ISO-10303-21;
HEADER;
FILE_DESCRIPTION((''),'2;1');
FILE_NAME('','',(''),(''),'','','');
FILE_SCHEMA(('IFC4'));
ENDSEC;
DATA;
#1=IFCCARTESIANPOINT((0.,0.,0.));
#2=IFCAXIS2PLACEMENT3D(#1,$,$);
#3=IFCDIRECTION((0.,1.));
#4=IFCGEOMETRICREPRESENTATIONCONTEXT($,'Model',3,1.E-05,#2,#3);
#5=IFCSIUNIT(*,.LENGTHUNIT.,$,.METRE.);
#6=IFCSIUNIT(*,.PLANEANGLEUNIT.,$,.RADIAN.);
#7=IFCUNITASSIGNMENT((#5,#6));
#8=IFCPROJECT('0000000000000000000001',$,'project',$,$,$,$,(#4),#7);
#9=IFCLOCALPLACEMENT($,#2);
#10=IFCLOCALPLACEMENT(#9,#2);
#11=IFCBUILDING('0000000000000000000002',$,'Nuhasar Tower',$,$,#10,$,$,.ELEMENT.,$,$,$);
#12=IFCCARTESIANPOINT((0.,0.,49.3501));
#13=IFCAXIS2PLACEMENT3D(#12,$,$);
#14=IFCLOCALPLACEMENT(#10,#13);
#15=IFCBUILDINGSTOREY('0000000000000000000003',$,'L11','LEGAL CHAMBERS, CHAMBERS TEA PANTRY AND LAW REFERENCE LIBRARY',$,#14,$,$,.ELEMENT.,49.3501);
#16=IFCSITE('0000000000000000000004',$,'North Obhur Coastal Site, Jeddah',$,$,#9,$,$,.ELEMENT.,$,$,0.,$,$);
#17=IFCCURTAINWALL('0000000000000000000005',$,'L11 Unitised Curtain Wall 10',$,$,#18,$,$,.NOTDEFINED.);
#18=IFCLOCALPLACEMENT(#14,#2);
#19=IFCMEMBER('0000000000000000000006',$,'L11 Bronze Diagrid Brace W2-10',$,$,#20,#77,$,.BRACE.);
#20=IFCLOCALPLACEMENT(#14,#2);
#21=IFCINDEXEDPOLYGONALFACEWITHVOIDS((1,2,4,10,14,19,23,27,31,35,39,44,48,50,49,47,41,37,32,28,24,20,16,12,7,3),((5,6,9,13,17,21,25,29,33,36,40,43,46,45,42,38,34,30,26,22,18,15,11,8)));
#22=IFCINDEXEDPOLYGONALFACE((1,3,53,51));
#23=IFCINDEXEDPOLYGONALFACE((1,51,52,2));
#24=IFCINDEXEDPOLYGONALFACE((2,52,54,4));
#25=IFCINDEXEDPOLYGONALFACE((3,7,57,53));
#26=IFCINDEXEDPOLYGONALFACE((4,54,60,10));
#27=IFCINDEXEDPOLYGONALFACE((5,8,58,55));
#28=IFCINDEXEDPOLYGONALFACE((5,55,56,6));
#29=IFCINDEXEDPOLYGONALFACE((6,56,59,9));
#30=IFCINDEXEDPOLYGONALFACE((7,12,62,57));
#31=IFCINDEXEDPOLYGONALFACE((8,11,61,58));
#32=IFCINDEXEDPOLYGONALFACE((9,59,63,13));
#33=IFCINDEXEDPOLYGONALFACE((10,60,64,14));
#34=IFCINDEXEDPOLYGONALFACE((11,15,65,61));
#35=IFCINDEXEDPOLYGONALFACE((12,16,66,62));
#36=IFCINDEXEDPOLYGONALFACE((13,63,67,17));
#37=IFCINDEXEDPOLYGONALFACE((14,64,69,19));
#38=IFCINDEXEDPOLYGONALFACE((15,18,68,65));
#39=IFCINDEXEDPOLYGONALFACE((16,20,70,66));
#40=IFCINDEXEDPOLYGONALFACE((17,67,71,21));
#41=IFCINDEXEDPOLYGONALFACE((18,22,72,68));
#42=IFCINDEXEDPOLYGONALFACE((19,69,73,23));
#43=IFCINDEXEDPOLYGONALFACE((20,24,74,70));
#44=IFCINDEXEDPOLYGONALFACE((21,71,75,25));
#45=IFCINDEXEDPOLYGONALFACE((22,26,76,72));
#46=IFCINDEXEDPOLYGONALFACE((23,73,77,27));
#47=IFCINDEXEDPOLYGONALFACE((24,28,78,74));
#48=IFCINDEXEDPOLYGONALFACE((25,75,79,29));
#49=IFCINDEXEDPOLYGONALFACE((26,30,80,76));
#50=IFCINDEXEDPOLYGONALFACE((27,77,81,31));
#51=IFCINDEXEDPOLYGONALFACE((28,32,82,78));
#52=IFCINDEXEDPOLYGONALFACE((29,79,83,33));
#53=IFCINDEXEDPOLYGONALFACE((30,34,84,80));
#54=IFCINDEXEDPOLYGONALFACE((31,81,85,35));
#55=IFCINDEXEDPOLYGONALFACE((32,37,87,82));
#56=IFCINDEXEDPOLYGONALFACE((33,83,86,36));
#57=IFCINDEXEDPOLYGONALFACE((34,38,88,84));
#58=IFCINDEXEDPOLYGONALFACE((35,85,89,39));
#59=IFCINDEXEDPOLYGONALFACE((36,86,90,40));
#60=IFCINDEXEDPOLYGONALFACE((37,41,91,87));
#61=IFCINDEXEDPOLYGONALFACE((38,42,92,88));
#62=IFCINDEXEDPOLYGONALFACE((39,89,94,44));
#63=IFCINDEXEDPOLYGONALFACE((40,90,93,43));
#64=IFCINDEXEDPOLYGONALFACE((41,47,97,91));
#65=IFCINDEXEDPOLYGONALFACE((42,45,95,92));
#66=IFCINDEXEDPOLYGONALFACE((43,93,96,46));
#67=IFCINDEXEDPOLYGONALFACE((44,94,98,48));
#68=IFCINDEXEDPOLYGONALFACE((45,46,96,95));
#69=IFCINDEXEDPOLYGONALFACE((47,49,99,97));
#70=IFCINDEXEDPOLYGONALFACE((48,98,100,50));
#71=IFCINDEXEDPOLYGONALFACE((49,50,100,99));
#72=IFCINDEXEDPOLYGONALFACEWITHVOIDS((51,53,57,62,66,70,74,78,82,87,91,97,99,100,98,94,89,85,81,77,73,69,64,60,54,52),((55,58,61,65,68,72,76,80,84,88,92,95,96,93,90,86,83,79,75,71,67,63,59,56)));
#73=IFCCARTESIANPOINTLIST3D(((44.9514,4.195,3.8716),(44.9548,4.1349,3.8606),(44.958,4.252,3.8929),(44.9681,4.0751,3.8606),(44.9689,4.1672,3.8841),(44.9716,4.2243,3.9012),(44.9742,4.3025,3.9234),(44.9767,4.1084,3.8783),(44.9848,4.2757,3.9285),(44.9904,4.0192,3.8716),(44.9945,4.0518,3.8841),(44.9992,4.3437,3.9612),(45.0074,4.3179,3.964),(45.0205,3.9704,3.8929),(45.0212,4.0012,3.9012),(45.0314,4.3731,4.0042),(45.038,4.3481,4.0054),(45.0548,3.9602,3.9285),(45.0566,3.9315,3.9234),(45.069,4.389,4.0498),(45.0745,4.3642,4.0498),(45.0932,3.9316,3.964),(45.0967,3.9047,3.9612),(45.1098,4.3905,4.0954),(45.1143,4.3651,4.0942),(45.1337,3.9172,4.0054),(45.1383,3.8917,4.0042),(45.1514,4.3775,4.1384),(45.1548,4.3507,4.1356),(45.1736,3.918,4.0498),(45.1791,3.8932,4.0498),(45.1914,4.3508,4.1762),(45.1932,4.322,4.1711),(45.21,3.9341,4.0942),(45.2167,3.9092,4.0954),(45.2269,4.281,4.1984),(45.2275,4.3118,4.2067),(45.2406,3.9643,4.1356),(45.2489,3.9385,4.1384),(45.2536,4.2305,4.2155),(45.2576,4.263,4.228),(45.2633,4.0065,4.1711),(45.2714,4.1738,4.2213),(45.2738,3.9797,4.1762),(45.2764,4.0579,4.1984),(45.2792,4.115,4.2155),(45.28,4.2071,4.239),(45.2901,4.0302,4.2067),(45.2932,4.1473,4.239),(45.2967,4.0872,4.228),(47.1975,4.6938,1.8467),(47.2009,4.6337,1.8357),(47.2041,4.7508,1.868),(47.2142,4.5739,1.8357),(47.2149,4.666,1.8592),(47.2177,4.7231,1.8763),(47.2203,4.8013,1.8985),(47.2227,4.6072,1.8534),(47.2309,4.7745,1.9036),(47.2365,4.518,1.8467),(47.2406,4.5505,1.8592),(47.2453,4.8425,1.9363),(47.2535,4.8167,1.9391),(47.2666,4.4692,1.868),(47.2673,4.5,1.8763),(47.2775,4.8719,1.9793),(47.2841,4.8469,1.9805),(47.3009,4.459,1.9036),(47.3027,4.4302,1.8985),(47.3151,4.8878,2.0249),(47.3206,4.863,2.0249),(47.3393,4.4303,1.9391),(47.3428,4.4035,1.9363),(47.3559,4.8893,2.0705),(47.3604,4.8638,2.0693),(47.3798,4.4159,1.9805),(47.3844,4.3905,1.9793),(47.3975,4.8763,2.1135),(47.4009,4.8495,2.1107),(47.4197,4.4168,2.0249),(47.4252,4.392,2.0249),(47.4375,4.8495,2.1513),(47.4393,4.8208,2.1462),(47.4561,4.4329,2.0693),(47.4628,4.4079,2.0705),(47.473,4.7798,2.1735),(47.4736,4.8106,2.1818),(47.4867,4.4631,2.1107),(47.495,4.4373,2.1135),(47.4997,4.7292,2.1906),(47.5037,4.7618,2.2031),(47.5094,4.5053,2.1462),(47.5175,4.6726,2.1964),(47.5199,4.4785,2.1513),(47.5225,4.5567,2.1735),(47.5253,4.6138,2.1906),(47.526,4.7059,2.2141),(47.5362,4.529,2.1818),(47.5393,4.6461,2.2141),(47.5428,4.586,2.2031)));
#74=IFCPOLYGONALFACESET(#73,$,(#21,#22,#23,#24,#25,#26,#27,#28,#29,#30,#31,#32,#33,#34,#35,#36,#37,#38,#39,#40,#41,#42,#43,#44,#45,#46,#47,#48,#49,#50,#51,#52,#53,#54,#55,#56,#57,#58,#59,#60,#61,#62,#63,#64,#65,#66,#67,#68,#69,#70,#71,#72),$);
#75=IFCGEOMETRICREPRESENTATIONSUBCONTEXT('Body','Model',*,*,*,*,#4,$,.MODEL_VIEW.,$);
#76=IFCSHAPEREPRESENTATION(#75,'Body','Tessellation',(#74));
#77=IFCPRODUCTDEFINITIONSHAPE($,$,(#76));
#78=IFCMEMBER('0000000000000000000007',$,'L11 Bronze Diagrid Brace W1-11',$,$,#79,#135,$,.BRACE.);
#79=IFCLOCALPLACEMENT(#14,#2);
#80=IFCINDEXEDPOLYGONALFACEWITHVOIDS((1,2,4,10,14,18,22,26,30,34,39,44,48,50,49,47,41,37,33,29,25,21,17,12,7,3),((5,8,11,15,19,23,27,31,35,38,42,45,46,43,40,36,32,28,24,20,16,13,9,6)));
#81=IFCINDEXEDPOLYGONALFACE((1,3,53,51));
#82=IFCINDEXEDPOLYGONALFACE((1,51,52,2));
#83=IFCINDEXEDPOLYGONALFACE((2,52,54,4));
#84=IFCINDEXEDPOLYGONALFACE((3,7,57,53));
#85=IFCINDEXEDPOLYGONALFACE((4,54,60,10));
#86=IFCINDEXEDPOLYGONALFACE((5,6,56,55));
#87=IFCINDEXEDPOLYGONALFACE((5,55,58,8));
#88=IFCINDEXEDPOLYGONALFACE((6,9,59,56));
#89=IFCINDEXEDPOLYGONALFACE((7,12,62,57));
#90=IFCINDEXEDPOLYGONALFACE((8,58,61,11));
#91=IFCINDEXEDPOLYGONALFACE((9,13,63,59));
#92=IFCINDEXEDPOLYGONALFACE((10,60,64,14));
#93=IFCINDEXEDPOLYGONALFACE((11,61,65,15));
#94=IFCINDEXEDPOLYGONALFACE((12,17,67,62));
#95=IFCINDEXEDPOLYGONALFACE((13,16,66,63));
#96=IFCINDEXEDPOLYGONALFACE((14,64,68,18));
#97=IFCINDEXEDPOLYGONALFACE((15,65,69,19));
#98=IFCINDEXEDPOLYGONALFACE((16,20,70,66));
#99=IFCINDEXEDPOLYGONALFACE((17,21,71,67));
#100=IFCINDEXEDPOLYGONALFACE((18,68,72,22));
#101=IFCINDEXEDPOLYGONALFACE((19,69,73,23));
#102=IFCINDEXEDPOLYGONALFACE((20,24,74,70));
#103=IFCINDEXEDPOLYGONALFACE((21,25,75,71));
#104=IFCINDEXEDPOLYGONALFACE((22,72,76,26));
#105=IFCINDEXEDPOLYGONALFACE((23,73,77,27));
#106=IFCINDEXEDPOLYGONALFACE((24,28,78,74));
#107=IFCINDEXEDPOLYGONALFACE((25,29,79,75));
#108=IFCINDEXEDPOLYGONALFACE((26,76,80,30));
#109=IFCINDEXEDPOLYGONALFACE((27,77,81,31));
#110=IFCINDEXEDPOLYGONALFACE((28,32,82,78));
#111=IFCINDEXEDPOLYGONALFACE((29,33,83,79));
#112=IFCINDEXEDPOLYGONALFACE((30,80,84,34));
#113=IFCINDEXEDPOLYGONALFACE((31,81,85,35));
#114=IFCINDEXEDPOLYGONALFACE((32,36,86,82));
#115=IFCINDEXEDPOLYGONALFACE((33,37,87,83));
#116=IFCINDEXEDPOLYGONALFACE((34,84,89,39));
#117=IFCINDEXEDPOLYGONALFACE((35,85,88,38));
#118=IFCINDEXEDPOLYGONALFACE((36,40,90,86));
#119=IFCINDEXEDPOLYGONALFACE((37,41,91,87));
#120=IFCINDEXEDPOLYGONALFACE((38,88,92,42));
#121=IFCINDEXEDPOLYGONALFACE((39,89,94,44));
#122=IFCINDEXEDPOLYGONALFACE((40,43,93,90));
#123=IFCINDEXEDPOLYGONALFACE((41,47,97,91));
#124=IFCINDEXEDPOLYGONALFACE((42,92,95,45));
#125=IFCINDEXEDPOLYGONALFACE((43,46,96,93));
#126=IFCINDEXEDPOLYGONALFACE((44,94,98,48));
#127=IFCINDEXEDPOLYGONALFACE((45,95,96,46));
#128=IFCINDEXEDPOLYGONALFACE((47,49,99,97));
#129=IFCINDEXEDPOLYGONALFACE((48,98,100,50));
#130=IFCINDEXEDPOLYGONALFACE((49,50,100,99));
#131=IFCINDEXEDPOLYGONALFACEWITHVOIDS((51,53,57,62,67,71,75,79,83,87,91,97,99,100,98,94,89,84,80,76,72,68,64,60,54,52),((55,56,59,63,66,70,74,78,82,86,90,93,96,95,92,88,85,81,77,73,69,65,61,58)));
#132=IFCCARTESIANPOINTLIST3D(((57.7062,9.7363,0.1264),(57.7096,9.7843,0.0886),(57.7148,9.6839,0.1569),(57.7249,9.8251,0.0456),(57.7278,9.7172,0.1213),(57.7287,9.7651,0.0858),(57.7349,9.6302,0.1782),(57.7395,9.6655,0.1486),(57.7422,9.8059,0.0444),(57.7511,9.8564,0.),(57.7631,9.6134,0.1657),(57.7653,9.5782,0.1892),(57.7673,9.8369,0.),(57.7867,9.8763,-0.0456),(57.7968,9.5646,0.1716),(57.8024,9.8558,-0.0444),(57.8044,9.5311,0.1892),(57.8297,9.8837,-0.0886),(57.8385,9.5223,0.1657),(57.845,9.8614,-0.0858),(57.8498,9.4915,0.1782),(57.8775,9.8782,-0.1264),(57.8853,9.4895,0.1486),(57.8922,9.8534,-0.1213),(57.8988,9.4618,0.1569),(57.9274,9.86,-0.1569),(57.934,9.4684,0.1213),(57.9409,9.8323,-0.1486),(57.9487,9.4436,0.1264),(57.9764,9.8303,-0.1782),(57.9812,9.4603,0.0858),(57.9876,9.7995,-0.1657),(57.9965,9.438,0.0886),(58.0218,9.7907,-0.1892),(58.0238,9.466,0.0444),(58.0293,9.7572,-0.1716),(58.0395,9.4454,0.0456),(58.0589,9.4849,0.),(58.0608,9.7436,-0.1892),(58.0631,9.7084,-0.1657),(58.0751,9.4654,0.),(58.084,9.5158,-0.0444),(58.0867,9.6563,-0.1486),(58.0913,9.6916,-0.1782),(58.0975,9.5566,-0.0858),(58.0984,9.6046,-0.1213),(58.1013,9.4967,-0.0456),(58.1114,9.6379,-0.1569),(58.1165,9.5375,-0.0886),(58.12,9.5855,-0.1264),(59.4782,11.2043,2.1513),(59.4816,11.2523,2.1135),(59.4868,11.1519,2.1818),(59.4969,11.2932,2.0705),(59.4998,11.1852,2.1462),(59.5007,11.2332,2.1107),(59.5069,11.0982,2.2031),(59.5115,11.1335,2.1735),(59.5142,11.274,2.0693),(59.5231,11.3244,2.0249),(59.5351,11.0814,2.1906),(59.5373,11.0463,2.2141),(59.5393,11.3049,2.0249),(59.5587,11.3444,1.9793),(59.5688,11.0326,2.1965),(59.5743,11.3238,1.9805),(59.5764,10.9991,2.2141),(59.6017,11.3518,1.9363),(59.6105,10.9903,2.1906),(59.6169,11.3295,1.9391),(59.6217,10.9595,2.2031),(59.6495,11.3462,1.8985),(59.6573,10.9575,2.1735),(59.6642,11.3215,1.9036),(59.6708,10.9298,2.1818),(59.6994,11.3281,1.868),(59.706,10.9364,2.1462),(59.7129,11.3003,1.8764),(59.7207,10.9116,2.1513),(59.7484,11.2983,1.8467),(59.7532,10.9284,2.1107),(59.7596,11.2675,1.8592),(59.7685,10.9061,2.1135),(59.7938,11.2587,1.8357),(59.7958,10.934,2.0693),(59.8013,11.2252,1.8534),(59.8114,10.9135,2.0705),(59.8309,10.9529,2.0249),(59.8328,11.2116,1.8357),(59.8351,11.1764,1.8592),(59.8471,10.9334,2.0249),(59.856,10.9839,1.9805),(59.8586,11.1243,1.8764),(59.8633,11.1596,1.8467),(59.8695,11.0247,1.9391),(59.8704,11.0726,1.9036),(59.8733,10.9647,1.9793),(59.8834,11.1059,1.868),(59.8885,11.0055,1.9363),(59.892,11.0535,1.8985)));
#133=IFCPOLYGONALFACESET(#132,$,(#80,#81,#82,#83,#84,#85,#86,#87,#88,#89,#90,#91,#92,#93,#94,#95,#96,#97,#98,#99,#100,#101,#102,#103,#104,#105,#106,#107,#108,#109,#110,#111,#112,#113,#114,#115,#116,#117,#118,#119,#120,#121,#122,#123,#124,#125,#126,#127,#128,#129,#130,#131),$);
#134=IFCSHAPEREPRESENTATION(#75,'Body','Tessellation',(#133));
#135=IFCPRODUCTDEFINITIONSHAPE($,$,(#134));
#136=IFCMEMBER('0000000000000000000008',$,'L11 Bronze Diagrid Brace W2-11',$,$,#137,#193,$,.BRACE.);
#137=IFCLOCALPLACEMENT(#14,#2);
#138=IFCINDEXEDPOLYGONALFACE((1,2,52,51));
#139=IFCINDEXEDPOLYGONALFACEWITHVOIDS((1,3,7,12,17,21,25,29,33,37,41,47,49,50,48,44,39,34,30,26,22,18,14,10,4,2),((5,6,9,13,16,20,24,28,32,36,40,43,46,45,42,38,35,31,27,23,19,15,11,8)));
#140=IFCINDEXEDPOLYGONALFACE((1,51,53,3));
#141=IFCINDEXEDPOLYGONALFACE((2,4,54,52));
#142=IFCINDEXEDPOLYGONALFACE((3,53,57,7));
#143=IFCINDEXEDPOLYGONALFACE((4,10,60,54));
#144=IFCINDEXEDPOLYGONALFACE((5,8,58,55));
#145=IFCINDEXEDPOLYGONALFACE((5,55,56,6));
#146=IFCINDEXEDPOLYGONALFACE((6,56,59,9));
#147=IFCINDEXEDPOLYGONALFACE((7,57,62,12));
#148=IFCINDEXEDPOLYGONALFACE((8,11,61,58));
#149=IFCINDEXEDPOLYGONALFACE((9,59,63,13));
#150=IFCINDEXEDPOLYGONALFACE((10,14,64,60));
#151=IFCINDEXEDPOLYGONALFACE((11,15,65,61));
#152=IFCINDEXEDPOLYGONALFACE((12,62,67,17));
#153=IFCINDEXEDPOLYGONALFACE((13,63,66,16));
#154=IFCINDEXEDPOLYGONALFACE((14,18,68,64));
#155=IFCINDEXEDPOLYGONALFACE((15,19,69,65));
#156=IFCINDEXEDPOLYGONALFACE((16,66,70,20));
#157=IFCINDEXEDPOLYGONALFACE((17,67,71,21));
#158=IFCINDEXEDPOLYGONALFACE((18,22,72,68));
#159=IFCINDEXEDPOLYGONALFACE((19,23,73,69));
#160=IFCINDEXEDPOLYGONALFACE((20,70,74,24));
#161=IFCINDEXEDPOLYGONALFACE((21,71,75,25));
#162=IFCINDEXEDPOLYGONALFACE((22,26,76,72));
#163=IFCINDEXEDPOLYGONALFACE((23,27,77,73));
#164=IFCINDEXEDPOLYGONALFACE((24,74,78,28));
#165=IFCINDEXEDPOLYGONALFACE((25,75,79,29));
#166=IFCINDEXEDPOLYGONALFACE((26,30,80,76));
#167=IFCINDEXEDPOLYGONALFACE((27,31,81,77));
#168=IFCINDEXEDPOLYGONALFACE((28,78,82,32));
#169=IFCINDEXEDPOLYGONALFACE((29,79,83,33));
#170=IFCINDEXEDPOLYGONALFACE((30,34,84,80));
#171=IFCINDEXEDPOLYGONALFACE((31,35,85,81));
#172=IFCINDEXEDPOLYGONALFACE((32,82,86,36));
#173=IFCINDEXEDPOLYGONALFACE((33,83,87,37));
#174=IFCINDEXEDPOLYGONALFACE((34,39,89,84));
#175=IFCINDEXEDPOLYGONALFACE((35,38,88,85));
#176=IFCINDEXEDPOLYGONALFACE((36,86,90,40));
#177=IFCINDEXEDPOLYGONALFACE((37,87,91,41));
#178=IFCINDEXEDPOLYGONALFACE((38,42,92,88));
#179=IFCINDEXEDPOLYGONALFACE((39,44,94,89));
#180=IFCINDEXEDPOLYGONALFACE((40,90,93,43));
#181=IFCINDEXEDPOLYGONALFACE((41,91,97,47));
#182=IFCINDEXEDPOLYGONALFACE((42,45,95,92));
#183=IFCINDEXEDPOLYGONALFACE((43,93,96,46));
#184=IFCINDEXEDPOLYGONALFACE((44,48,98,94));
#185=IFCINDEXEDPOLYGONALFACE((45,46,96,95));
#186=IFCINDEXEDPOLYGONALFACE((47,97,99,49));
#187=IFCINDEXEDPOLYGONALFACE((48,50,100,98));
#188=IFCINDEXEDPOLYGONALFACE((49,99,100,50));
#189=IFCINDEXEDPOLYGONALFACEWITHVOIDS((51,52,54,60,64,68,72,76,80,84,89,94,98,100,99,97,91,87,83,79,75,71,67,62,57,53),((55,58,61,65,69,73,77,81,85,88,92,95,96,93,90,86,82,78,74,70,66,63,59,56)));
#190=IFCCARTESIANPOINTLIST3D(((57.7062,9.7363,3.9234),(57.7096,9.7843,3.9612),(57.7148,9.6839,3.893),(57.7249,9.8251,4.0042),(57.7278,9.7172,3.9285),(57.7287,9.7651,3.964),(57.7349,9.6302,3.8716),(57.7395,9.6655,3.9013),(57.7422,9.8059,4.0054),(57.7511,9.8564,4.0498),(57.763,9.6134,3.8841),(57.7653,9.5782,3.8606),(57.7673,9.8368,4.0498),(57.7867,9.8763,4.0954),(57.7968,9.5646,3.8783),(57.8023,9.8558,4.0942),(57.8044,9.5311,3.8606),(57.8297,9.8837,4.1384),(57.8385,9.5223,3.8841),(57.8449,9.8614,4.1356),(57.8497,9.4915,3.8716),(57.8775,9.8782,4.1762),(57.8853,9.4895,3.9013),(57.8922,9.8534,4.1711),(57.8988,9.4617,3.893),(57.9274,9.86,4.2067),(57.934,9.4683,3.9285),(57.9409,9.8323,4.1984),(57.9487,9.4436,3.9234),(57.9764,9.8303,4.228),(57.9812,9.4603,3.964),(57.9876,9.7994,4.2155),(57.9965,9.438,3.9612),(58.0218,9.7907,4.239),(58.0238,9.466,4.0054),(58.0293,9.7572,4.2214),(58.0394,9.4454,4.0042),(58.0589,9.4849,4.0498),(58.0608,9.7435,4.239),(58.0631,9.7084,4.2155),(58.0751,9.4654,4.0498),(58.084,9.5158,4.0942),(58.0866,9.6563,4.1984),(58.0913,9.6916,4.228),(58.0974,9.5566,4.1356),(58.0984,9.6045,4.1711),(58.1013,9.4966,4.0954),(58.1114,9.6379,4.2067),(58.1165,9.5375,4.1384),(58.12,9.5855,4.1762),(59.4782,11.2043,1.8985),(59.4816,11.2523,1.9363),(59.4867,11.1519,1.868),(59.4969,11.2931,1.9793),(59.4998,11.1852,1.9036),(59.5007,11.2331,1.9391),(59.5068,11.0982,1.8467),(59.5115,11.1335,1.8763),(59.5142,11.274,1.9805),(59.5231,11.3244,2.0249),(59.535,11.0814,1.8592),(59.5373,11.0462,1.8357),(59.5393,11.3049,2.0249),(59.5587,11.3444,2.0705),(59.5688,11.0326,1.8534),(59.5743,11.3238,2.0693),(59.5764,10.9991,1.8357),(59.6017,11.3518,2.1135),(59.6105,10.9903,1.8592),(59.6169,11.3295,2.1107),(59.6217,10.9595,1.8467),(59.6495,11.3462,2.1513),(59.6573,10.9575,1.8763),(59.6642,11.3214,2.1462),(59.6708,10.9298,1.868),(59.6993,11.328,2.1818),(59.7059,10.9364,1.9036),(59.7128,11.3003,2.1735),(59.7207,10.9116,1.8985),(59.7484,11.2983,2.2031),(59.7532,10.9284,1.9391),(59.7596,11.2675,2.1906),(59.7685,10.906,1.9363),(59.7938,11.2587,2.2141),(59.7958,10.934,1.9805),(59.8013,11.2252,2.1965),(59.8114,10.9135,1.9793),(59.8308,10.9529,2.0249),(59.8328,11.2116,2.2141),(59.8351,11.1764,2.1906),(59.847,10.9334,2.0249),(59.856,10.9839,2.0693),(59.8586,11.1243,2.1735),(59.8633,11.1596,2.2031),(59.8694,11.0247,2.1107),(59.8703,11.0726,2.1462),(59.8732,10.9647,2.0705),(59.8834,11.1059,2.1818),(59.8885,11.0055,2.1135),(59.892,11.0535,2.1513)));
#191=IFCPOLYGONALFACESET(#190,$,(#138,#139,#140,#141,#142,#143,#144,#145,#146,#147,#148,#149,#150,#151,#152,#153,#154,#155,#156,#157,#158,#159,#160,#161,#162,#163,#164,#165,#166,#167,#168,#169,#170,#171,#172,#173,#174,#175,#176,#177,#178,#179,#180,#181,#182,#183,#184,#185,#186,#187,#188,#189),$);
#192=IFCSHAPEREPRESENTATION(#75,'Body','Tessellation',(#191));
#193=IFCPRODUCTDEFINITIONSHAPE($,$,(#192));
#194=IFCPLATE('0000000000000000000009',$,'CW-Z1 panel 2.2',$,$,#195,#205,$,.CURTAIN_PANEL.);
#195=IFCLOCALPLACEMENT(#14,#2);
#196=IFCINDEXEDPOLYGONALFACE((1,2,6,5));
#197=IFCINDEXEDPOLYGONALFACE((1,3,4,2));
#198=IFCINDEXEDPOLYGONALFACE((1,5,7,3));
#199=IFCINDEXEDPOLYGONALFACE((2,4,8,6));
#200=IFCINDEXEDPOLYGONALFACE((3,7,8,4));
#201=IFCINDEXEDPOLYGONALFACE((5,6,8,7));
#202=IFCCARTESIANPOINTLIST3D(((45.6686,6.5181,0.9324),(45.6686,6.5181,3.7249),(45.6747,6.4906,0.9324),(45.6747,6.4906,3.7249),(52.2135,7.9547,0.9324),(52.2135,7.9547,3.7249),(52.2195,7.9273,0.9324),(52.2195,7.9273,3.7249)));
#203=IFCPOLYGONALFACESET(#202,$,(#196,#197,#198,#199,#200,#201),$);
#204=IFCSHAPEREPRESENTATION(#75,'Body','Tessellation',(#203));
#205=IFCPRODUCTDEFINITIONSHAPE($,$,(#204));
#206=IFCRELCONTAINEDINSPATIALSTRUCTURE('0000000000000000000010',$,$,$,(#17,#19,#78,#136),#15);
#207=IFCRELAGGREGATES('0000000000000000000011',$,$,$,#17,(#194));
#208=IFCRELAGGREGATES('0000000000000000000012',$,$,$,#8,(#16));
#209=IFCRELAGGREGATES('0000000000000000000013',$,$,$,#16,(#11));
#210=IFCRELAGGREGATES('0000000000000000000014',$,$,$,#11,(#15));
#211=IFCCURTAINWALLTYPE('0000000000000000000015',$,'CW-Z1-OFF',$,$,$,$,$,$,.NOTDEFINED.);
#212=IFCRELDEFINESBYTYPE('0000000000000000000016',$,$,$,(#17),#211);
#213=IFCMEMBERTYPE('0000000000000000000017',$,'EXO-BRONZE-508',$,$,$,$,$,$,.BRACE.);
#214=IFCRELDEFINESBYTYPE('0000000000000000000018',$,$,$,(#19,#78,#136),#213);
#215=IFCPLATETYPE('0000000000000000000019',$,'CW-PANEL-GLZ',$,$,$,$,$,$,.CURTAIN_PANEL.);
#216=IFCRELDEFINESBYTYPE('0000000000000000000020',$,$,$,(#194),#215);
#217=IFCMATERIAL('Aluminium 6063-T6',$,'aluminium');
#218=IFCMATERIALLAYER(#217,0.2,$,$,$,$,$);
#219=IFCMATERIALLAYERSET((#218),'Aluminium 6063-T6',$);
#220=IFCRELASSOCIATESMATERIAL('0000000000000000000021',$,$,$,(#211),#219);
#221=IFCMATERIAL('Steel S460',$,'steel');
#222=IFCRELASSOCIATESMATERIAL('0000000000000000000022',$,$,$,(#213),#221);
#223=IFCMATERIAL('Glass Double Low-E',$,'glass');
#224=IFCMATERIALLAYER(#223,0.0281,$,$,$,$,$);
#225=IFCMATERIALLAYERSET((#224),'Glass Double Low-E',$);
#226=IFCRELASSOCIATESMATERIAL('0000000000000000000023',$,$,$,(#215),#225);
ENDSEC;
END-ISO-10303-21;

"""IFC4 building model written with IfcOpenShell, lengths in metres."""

from ifc_helpers import new_model, si_unit, direction, frame, origin, origin_2d, place, context, subcontext, project, spatial, rectangle, hollow_circle, extrude, material, layer, layer_set, material_profile, profile_set, type_object, element, aggregate, save


model = new_model("IFC4")

# Units and contexts
model_context = context("Model", 3, precision=1e-05, world=origin(), true_north=direction((0.0, 1.0)))
body_context = subcontext(model_context, "Body", "Model", "MODEL_VIEW")
ifc_project = project(units=[si_unit("LENGTHUNIT", "METRE"), si_unit("PLANEANGLEUNIT", "RADIAN")], contexts=[model_context])

# Site, building, storey
site_placement = place(None, origin())
site = spatial("IfcSite", under=ifc_project, at=site_placement, Name="North Obhur Coastal Site, Jeddah", CompositionType="ELEMENT", RefElevation=0.0)
building_placement = place(site_placement, origin())
building = spatial("IfcBuilding", under=site, at=building_placement, Name="Nuhasar Tower", CompositionType="ELEMENT")
storey_placement = place(building_placement, frame((0.0, 0.0, 49.3501)))
storey = spatial("IfcBuildingStorey", under=building, at=storey_placement, Name="L11", Description="LEGAL CHAMBERS, CHAMBERS TEA PANTRY AND LAW REFERENCE LIBRARY", CompositionType="ELEMENT", Elevation=49.3501)

# Curtain wall
ifc_material_1 = material(Name="Aluminium 6063-T6", Category="aluminium")
ifc_layer_1 = layer(ifc_material_1, 0.2)
ifc_layer_set_1 = layer_set([ifc_layer_1], Name="Aluminium 6063-T6")
curtain_wall_type = type_object("IfcCurtainWallType", Name="CW-Z1-OFF", PredefinedType="NOTDEFINED", material=ifc_layer_set_1)
curtain_wall_1_placement = place(storey_placement, origin())
curtain_wall_1 = element("IfcCurtainWall", 1, at=curtain_wall_1_placement, inside=storey, type_object=curtain_wall_type, Name="L11 Unitised Curtain Wall 10", PredefinedType="NOTDEFINED")

# Members
ifc_material_2 = material(Name="Steel S460", Category="steel")
ifc_material_profile_1 = material_profile(ifc_material_2, hollow_circle(Radius=0.2539, WallThickness=0.0254, at=origin_2d()), Name="HSS508X25.4")
ifc_profile_set_1 = profile_set([ifc_material_profile_1], Name="Steel S460")
member_type_1 = type_object("IfcMemberType", Name="EXO-BRONZE-508", PredefinedType="BRACE", material=ifc_profile_set_1)
member_1_placement = place(storey_placement, frame((47.3701, 4.6399, 2.0249), z_axis=(-0.732831, -0.162736, 0.660663), x_axis=(0.216784, -0.97622, 0.0)))
element("IfcMember", 2, at=member_1_placement, inside=storey, type_object=member_type_1, Name="L11 Bronze Diagrid Brace W2-10", PredefinedType="BRACE", context=body_context, shape_type="SweptSolid", body=[
    extrude(hollow_circle(Radius=0.2539, WallThickness=0.0254, at=origin_2d()), origin(), (0.0, 0.0, 1.0), 3.0649),
])
for number, where, z_axis, x_axis, name in (
    (3, (57.9131, 9.6609, 0.0), (0.578102, 0.478937, 0.660619), (-0.637969, 0.770062, 0.0), "L11 Bronze Diagrid Brace W1-11"),
    (4, (59.6851, 11.1289, 2.0249), (-0.578102, -0.478937, 0.660619), (0.637969, -0.770062, 0.0), "L11 Bronze Diagrid Brace W2-11"),
):
    element("IfcMember", number, at=place(storey_placement, frame(where, z_axis=z_axis, x_axis=x_axis)), inside=storey, type_object=member_type_1, Name=name, PredefinedType="BRACE", context=body_context, shape_type="SweptSolid", body=[
        extrude(hollow_circle(Radius=0.2539, WallThickness=0.0254, at=origin_2d()), origin(), (0.0, 0.0, 1.0), 3.0652),
    ])

# Plate
ifc_material_3 = material(Name="Glass Double Low-E", Category="glass")
ifc_layer_2 = layer(ifc_material_3, 0.0281)
ifc_layer_set_2 = layer_set([ifc_layer_2], Name="Glass Double Low-E")
plate_type_1 = type_object("IfcPlateType", Name="CW-PANEL-GLZ", PredefinedType="CURTAIN_PANEL", material=ifc_layer_set_2)
plate_1_placement = place(storey_placement, frame((48.9441, 7.2227, 0.9324), z_axis=(0.0, 0.0, 1.0), x_axis=(0.976746, 0.214399, 0.0)))
plate_1 = element("IfcPlate", 5, at=plate_1_placement, type_object=plate_type_1, Name="CW-Z1 panel 2.2", PredefinedType="CURTAIN_PANEL", context=body_context, shape_type="SweptSolid", body=[
    extrude(rectangle(XDim=6.7007, YDim=0.0281, at=origin_2d()), origin(), (0.0, 0.0, 1.0), 2.7925),
])
aggregate(curtain_wall_1, [plate_1])

save(model, "model.ifc")
